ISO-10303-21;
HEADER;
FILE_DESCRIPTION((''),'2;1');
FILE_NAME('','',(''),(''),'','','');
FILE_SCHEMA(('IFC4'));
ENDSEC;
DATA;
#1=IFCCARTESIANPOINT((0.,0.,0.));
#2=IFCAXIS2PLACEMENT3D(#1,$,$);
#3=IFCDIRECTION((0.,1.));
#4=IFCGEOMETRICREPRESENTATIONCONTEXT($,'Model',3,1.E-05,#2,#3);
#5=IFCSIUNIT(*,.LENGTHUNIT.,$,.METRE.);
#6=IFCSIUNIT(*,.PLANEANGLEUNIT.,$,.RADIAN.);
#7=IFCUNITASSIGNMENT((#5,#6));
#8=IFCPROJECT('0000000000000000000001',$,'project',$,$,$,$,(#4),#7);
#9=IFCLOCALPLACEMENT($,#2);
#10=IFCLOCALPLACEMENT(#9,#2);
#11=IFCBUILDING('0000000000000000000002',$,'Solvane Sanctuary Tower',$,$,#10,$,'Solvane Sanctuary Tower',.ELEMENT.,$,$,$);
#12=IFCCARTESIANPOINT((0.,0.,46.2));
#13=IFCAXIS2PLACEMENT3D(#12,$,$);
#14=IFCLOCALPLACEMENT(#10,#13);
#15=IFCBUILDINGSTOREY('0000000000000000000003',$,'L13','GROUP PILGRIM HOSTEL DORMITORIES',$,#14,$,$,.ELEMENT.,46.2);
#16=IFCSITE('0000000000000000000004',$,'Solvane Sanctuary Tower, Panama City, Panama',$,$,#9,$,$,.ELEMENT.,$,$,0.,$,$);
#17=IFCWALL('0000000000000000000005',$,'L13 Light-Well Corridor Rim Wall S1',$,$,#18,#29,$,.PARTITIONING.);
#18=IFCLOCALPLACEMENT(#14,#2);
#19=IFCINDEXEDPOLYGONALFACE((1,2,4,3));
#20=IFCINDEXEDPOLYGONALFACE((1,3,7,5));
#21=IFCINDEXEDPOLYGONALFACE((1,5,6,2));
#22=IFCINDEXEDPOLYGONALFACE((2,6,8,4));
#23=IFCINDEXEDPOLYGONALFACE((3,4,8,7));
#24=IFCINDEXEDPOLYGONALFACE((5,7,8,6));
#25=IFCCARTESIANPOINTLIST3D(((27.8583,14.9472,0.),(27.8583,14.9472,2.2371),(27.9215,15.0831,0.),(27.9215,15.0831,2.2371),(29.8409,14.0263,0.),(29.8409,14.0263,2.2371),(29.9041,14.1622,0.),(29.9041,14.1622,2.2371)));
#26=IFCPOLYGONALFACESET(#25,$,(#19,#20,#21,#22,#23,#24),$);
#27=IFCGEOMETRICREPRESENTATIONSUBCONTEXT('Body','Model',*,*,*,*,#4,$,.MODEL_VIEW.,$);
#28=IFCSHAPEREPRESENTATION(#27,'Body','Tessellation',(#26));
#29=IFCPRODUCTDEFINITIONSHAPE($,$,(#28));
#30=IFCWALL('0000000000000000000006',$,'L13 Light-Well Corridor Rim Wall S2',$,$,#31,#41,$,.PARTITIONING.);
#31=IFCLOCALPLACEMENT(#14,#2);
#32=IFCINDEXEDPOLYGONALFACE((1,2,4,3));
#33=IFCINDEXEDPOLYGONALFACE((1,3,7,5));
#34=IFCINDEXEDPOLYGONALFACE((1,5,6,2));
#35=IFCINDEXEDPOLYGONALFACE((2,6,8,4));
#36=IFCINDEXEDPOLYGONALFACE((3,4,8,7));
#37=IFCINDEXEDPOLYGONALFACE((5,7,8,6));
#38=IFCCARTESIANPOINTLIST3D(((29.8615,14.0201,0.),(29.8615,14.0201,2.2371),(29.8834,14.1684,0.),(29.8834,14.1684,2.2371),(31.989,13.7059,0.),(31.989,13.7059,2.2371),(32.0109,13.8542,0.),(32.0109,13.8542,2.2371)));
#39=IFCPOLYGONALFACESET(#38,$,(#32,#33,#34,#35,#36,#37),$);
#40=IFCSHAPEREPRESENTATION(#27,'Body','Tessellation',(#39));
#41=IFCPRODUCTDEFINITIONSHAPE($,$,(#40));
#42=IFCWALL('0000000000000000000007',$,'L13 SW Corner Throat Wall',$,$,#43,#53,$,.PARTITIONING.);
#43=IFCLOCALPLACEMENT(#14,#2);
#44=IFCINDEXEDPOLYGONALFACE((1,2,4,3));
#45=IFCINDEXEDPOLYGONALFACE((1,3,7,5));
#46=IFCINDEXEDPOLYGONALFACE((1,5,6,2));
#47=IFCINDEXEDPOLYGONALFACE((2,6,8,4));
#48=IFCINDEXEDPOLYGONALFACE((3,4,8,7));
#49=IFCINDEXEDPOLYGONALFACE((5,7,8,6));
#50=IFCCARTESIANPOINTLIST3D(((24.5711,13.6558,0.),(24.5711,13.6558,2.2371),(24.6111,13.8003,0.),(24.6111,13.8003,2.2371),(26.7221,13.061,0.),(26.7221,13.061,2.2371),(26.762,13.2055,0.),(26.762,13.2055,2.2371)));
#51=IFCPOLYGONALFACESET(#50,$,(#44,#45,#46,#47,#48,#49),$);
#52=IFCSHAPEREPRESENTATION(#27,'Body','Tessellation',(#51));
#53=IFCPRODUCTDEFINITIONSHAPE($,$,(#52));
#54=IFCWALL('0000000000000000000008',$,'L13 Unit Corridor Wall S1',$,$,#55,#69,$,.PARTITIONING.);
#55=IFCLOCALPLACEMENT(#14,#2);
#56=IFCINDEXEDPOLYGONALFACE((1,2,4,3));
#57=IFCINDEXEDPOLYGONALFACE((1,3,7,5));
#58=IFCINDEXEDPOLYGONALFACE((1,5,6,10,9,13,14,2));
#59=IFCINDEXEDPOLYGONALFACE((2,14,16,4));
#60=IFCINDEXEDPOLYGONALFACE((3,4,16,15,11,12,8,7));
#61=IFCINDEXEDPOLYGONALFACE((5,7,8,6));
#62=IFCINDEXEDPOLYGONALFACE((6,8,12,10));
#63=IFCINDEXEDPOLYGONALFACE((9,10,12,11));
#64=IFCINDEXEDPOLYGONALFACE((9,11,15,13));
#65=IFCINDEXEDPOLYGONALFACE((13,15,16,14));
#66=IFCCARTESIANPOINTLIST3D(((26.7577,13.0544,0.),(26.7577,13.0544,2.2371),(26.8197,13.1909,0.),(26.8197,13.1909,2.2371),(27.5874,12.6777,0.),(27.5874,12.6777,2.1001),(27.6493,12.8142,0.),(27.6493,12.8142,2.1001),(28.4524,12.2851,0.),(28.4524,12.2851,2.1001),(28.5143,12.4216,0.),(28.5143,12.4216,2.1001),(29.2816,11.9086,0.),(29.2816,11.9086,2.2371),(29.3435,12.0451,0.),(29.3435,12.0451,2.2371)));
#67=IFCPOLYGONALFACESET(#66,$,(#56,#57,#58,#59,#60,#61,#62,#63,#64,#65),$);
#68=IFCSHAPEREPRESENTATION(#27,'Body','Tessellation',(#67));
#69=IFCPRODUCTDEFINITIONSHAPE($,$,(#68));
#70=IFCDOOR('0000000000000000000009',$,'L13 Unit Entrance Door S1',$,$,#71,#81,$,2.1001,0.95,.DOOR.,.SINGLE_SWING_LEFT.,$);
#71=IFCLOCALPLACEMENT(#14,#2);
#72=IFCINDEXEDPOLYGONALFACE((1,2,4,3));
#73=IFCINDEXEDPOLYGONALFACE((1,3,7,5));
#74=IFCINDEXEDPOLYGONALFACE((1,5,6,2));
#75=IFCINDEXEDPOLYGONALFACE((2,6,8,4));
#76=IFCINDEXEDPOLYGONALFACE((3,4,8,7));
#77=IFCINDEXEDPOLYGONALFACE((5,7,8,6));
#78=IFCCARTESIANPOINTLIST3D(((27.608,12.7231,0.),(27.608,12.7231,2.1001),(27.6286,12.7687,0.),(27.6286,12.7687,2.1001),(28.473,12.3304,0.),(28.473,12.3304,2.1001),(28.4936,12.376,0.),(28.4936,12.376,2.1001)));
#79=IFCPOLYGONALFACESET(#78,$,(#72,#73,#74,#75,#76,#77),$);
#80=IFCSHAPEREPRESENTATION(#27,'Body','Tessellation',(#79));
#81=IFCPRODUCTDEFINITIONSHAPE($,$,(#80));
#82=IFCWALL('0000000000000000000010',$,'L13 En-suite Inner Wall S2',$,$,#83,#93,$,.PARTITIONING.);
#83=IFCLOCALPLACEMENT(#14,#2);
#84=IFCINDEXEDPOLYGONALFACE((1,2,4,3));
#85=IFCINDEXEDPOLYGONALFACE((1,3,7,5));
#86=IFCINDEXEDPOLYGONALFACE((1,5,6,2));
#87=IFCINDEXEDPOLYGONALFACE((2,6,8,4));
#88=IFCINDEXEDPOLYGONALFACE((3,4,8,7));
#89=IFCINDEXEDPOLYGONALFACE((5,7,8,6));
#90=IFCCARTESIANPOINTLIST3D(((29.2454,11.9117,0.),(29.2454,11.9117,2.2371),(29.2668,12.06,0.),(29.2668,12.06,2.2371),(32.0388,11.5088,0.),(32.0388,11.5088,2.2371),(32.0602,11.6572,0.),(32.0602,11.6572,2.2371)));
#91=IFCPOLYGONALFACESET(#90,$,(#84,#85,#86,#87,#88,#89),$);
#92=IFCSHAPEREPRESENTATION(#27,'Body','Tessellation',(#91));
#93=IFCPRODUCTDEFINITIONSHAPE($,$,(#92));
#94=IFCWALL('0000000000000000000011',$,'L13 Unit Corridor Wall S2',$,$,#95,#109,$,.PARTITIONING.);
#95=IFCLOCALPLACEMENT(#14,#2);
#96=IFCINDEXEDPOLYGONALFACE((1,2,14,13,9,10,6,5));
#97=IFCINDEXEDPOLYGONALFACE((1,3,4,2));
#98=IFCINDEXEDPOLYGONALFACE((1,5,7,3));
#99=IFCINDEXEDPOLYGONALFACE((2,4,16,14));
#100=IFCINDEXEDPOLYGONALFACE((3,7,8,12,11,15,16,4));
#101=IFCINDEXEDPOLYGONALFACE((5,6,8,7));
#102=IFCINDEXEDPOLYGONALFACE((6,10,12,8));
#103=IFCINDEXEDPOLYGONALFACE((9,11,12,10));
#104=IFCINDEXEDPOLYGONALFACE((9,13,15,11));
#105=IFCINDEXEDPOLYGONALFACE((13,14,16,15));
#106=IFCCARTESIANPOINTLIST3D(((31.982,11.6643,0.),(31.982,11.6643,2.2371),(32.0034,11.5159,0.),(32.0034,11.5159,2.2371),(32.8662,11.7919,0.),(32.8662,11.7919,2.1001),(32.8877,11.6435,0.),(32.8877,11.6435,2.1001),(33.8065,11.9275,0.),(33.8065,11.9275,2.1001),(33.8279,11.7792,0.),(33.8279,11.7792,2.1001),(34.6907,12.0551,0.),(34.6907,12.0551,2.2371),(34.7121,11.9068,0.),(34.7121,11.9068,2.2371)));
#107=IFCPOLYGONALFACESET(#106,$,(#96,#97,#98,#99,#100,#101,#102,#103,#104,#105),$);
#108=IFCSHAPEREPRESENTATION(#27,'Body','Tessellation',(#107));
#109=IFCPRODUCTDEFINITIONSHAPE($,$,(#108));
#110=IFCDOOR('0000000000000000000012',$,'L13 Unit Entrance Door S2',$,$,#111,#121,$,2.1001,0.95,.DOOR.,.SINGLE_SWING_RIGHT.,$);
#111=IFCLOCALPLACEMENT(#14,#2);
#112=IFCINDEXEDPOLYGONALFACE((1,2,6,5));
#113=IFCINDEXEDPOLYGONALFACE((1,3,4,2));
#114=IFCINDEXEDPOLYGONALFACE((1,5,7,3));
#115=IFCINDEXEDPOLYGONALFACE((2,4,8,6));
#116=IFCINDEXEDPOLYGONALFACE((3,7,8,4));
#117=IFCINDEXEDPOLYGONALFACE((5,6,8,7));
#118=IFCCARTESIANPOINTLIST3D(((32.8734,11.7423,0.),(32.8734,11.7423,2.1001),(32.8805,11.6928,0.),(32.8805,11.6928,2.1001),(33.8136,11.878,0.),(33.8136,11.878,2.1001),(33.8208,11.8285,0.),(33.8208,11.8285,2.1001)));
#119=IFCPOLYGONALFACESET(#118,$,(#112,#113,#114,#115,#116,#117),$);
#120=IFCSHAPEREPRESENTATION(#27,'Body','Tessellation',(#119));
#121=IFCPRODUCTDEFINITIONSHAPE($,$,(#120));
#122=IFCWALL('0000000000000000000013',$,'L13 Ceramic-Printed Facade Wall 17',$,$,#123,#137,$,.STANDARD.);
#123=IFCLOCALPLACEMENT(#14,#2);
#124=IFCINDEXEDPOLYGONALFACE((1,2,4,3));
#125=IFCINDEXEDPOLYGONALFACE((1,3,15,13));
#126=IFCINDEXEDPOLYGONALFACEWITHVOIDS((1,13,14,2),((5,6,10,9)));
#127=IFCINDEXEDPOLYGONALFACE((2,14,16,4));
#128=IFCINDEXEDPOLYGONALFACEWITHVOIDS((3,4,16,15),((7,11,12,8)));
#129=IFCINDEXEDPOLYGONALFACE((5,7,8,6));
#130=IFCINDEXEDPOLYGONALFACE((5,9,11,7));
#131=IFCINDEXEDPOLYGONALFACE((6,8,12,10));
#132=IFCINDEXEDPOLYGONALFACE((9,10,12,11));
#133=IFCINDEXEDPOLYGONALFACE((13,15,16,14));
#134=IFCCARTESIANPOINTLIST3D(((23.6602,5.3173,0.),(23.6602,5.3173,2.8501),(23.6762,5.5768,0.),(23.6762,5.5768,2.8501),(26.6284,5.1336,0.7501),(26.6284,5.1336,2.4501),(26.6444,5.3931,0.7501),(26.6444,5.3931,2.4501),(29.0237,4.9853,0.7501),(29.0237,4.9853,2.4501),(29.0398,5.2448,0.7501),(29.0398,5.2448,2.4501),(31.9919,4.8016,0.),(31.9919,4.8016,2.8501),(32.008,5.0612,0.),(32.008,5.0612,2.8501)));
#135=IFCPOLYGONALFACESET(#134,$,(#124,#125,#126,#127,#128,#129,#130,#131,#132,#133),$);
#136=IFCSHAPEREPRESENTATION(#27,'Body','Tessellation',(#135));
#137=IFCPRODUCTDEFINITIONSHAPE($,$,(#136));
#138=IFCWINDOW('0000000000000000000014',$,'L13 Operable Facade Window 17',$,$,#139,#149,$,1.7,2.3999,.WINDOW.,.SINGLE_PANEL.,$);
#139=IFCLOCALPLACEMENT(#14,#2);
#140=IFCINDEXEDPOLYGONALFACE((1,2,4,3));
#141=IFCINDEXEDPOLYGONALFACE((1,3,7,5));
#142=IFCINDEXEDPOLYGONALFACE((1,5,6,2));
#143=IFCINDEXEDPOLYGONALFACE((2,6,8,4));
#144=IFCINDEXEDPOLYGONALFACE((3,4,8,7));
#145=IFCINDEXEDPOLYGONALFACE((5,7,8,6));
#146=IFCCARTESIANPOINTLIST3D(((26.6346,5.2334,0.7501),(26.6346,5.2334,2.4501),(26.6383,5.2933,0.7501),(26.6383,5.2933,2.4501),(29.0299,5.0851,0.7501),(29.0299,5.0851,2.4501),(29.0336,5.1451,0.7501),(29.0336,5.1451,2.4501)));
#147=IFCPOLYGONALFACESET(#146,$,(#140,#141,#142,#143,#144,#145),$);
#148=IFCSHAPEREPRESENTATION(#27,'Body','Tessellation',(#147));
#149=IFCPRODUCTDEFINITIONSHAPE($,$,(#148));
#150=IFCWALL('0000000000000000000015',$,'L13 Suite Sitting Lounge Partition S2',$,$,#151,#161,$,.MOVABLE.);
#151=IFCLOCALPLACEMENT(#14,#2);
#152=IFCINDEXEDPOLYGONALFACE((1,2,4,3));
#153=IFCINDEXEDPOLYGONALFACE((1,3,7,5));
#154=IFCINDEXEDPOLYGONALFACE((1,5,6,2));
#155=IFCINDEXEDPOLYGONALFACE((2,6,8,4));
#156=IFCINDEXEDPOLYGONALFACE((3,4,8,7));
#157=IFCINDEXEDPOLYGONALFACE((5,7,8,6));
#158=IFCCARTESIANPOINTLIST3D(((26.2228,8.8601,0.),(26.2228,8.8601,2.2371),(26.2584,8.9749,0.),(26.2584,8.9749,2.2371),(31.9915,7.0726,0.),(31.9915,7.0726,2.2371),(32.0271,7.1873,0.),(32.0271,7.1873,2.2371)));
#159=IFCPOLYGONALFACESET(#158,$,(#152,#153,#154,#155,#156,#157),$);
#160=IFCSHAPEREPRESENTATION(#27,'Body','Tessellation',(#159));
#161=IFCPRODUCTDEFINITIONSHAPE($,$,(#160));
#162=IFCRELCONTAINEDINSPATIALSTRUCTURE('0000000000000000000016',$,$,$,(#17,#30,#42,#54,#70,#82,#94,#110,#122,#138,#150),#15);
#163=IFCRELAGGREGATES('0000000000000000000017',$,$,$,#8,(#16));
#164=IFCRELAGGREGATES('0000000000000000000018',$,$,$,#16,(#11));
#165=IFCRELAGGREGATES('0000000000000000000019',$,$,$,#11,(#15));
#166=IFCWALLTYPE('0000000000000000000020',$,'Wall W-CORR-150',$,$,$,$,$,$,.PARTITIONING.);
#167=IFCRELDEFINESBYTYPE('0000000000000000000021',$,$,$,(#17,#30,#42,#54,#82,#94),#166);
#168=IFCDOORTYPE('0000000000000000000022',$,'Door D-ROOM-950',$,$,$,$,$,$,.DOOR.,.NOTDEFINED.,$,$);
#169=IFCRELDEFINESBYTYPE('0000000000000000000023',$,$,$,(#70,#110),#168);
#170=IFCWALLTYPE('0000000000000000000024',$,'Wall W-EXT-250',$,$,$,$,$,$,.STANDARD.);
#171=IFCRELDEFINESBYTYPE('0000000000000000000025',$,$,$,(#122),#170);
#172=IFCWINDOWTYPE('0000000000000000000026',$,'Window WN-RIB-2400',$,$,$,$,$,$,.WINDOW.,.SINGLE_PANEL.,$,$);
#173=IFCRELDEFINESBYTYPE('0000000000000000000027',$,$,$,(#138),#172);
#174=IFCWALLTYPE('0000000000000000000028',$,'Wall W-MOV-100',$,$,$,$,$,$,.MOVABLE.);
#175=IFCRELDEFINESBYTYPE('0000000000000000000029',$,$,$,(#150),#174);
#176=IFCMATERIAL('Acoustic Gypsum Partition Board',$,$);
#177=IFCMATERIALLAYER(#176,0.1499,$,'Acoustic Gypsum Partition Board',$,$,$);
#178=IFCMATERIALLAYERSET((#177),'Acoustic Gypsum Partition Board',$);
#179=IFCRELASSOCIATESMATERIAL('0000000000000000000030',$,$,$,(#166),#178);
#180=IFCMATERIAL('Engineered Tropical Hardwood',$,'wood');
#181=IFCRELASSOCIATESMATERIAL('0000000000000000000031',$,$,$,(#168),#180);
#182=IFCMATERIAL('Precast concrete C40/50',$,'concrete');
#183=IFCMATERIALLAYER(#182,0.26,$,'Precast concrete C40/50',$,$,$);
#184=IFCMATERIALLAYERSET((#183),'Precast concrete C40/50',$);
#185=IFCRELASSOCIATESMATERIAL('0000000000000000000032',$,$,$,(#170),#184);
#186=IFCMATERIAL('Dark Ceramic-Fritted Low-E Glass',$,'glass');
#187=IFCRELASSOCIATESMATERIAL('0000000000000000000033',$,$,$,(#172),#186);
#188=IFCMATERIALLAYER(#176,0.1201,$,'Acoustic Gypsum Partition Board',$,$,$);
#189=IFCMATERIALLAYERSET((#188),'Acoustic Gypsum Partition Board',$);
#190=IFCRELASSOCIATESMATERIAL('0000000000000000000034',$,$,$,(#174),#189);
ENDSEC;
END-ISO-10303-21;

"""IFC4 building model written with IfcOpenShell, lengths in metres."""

from ifc_helpers import new_model, si_unit, direction, frame, frame_2d, origin, place, context, subcontext, project, spatial, rectangle, extrude, material, layer, layer_set, type_object, element, fill, save


model = new_model("IFC4")

# Units and contexts
model_context = context("Model", 3, precision=1e-05, world=origin(), true_north=direction((0.0, 1.0)))
body_context = subcontext(model_context, "Body", "Model", "MODEL_VIEW")
ifc_project = project(units=[si_unit("LENGTHUNIT", "METRE"), si_unit("PLANEANGLEUNIT", "RADIAN")], contexts=[model_context])

# Site, building, storey
site_placement = place(None, origin())
site = spatial("IfcSite", under=ifc_project, at=site_placement, Name="Solvane Sanctuary Tower, Panama City, Panama", CompositionType="ELEMENT", RefElevation=0.0)
building_placement = place(site_placement, origin())
building = spatial("IfcBuilding", under=site, at=building_placement, Name="Solvane Sanctuary Tower", LongName="Solvane Sanctuary Tower", CompositionType="ELEMENT")
storey_placement = place(building_placement, frame((0.0, 0.0, 46.2)))
storey = spatial("IfcBuildingStorey", under=building, at=storey_placement, Name="L13", Description="GROUP PILGRIM HOSTEL DORMITORIES", CompositionType="ELEMENT", Elevation=46.2)

# Walls
ifc_material_1 = material(Name="Acoustic Gypsum Partition Board")
ifc_layer_1 = layer(ifc_material_1, 0.1499, Name="Acoustic Gypsum Partition Board")
ifc_layer_set_1 = layer_set([ifc_layer_1], Name="Acoustic Gypsum Partition Board")
wall_type_1 = type_object("IfcWallType", Name="Wall W-CORR-150", PredefinedType="PARTITIONING", material=ifc_layer_set_1)
wall_1_placement = place(storey_placement, frame((27.8899, 15.0151, 0.0), z_axis=(0.0, 0.0, 1.0), x_axis=(0.906943, -0.421252, 0.0)))
element("IfcWall", 1, at=wall_1_placement, inside=storey, type_object=wall_type_1, Name="L13 Light-Well Corridor Rim Wall S1", PredefinedType="PARTITIONING", context=body_context, shape_type="SweptSolid", body=[
    extrude(rectangle(XDim=2.186, YDim=0.1499, at=frame_2d((1.093, 0.0))), origin(), (0.0, 0.0, 1.0), 2.2371),
])
wall_2_placement = place(storey_placement, frame((29.8726, 14.0942, 0.0), z_axis=(0.0, 0.0, 1.0), x_axis=(0.989269, -0.146108, 0.0)))
element("IfcWall", 2, at=wall_2_placement, inside=storey, type_object=wall_type_1, Name="L13 Light-Well Corridor Rim Wall S2", PredefinedType="PARTITIONING", context=body_context, shape_type="SweptSolid", body=[
    extrude(rectangle(XDim=2.1506, YDim=0.1499, at=frame_2d((1.0752, 0.0))), origin(), (0.0, 0.0, 1.0), 2.2371),
])
wall_3_placement = place(storey_placement, frame((26.7419, 13.1333, 0.0), z_axis=(0.0, 0.0, 1.0), x_axis=(-0.963834, 0.266504, 0.0)))
element("IfcWall", 3, at=wall_3_placement, inside=storey, type_object=wall_type_1, Name="L13 SW Corner Throat Wall", PredefinedType="PARTITIONING", context=body_context, shape_type="SweptSolid", body=[
    extrude(rectangle(XDim=2.2317, YDim=0.1499, at=frame_2d((1.1157, 0.0))), origin(), (0.0, 0.0, 1.0), 2.2371),
])

# Wall, opening, door
wall_4_placement = place(storey_placement, frame((26.7888, 13.1226, 0.0), z_axis=(0.0, 0.0, 1.0), x_axis=(0.910568, -0.413358, 0.0)))
wall_4 = element("IfcWall", 4, at=wall_4_placement, inside=storey, type_object=wall_type_1, Name="L13 Unit Corridor Wall S1", PredefinedType="PARTITIONING", context=body_context, shape_type="SweptSolid", body=[
    extrude(rectangle(XDim=2.7717, YDim=0.1499, at=frame_2d((1.3857, 0.0))), origin(), (0.0, 0.0, 1.0), 2.2371),
])
opening_1_placement = place(wall_4_placement, frame((0.9109, 0.0, 0.0)))
opening_1 = element("IfcOpeningElement", 5, at=opening_1_placement, cuts=wall_4, PredefinedType="OPENING", context=body_context, shape_type="SweptSolid", body=[
    extrude(rectangle(XDim=0.95, YDim=2.1001, at=frame_2d((0.4751, 1.05))), frame((0.0, 0.085, 0.0), z_axis=(0.0, -1.0, 0.0), x_axis=(1.0, 0.0, 0.0)), (0.0, 0.0, 1.0), 0.1699),
])
ifc_material_2 = material(Name="Engineered Tropical Hardwood", Category="wood")
door_type_1 = type_object("IfcDoorType", Name="Door D-ROOM-950", OperationType="NOTDEFINED", PredefinedType="DOOR", material=ifc_material_2)
door_1_placement = place(opening_1_placement, origin())
door_1 = element("IfcDoor", 6, at=door_1_placement, inside=storey, type_object=door_type_1, Name="L13 Unit Entrance Door S1", OperationType="SINGLE_SWING_LEFT", OverallHeight=2.1001, OverallWidth=0.95, PredefinedType="DOOR", context=body_context, shape_type="SweptSolid", body=[
    extrude(rectangle(XDim=0.95, YDim=2.1001, at=frame_2d((0.4751, 1.05))), frame((0.0, 0.0249, 0.0), z_axis=(0.0, -1.0, 0.0), x_axis=(1.0, 0.0, 0.0)), (0.0, 0.0, 1.0), 0.05),
])
fill(opening_1, door_1)

# Wall
wall_5_placement = place(storey_placement, frame((29.2561, 11.9858, 0.0), z_axis=(0.0, 0.0, 1.0), x_axis=(0.989762, -0.142729, 0.0)))
element("IfcWall", 7, at=wall_5_placement, inside=storey, type_object=wall_type_1, Name="L13 En-suite Inner Wall S2", PredefinedType="PARTITIONING", context=body_context, shape_type="SweptSolid", body=[
    extrude(rectangle(XDim=2.8223, YDim=0.1499, at=frame_2d((1.4111, 0.0))), origin(), (0.0, 0.0, 1.0), 2.2371),
])

# Wall, opening, door
wall_6_placement = place(storey_placement, frame((31.9927, 11.5901, 0.0), z_axis=(0.0, 0.0, 1.0), x_axis=(0.989749, 0.14282, 0.0)))
wall_6 = element("IfcWall", 8, at=wall_6_placement, inside=storey, type_object=wall_type_1, Name="L13 Unit Corridor Wall S2", PredefinedType="PARTITIONING", context=body_context, shape_type="SweptSolid", body=[
    extrude(rectangle(XDim=2.7368, YDim=0.1499, at=frame_2d((1.3684, 0.0))), origin(), (0.0, 0.0, 1.0), 2.2371),
])
opening_2_placement = place(wall_6_placement, frame((0.8933, 0.0, 0.0)))
opening_2 = element("IfcOpeningElement", 9, at=opening_2_placement, cuts=wall_6, PredefinedType="OPENING", context=body_context, shape_type="SweptSolid", body=[
    extrude(rectangle(XDim=0.95, YDim=2.1001, at=frame_2d((0.4751, 1.05))), frame((0.0, 0.085, 0.0), z_axis=(0.0, -1.0, 0.0), x_axis=(1.0, 0.0, 0.0)), (0.0, 0.0, 1.0), 0.1699),
])
door_2_placement = place(opening_2_placement, origin())
door_2 = element("IfcDoor", 10, at=door_2_placement, inside=storey, type_object=door_type_1, Name="L13 Unit Entrance Door S2", OperationType="SINGLE_SWING_RIGHT", OverallHeight=2.1001, OverallWidth=0.95, PredefinedType="DOOR", context=body_context, shape_type="SweptSolid", body=[
    extrude(rectangle(XDim=0.95, YDim=2.1001, at=frame_2d((0.4751, 1.05))), frame((0.0, 0.0249, 0.0), z_axis=(0.0, -1.0, 0.0), x_axis=(1.0, 0.0, 0.0)), (0.0, 0.0, 1.0), 0.05),
])
fill(opening_2, door_2)

# Wall, opening, window
ifc_material_3 = material(Name="Precast concrete C40/50", Category="concrete")
ifc_layer_2 = layer(ifc_material_3, 0.26, Name="Precast concrete C40/50")
ifc_layer_set_2 = layer_set([ifc_layer_2], Name="Precast concrete C40/50")
wall_type_2 = type_object("IfcWallType", Name="Wall W-EXT-250", PredefinedType="STANDARD", material=ifc_layer_set_2)
wall_7_placement = place(storey_placement, frame((23.6682, 5.447, 0.0), z_axis=(0.0, 0.0, 1.0), x_axis=(0.998091, -0.061768, 0.0)))
wall_7 = element("IfcWall", 11, at=wall_7_placement, inside=storey, type_object=wall_type_2, Name="L13 Ceramic-Printed Facade Wall 17", PredefinedType="STANDARD", context=body_context, shape_type="SweptSolid", body=[
    extrude(rectangle(XDim=8.3477, YDim=0.26, at=frame_2d((4.1738, 0.0))), origin(), (0.0, 0.0, 1.0), 2.8501),
])
opening_3_placement = place(wall_7_placement, frame((2.9739, 0.0, 0.75)))
opening_3 = element("IfcOpeningElement", 12, at=opening_3_placement, cuts=wall_7, PredefinedType="OPENING", context=body_context, shape_type="SweptSolid", body=[
    extrude(rectangle(XDim=2.3999, YDim=1.7, at=frame_2d((1.2, 0.8501))), frame((0.0, 0.1399, 0.0), z_axis=(0.0, -1.0, 0.0), x_axis=(1.0, 0.0, 0.0)), (0.0, 0.0, 1.0), 0.28),
])
ifc_material_4 = material(Name="Dark Ceramic-Fritted Low-E Glass", Category="glass")
window_type = type_object("IfcWindowType", Name="Window WN-RIB-2400", PartitioningType="SINGLE_PANEL", PredefinedType="WINDOW", material=ifc_material_4)
window_placement = place(opening_3_placement, origin())
window = element("IfcWindow", 13, at=window_placement, inside=storey, type_object=window_type, Name="L13 Operable Facade Window 17", OverallHeight=1.7, OverallWidth=2.3999, PartitioningType="SINGLE_PANEL", PredefinedType="WINDOW", context=body_context, shape_type="SweptSolid", body=[
    extrude(rectangle(XDim=2.3999, YDim=1.7, at=frame_2d((1.2, 0.8501))), frame((0.0, 0.03, 0.0), z_axis=(0.0, -1.0, 0.0), x_axis=(1.0, 0.0, 0.0)), (0.0, 0.0, 1.0), 0.0601),
])
fill(opening_3, window)

# Wall
ifc_layer_3 = layer(ifc_material_1, 0.1201, Name="Acoustic Gypsum Partition Board")
ifc_layer_set_3 = layer_set([ifc_layer_3], Name="Acoustic Gypsum Partition Board")
wall_type_3 = type_object("IfcWallType", Name="Wall W-MOV-100", PredefinedType="MOVABLE", material=ifc_layer_set_3)
wall_8_placement = place(storey_placement, frame((26.2407, 8.9175, 0.0), z_axis=(0.0, 0.0, 1.0), x_axis=(0.955192, -0.295988, 0.0)))
element("IfcWall", 14, at=wall_8_placement, inside=storey, type_object=wall_type_3, Name="L13 Suite Sitting Lounge Partition S2", PredefinedType="MOVABLE", context=body_context, shape_type="SweptSolid", body=[
    extrude(rectangle(XDim=6.0393, YDim=0.1201, at=frame_2d((3.0195, 0.0))), origin(), (0.0, 0.0, 1.0), 2.2371),
])

save(model, "model.ifc")
